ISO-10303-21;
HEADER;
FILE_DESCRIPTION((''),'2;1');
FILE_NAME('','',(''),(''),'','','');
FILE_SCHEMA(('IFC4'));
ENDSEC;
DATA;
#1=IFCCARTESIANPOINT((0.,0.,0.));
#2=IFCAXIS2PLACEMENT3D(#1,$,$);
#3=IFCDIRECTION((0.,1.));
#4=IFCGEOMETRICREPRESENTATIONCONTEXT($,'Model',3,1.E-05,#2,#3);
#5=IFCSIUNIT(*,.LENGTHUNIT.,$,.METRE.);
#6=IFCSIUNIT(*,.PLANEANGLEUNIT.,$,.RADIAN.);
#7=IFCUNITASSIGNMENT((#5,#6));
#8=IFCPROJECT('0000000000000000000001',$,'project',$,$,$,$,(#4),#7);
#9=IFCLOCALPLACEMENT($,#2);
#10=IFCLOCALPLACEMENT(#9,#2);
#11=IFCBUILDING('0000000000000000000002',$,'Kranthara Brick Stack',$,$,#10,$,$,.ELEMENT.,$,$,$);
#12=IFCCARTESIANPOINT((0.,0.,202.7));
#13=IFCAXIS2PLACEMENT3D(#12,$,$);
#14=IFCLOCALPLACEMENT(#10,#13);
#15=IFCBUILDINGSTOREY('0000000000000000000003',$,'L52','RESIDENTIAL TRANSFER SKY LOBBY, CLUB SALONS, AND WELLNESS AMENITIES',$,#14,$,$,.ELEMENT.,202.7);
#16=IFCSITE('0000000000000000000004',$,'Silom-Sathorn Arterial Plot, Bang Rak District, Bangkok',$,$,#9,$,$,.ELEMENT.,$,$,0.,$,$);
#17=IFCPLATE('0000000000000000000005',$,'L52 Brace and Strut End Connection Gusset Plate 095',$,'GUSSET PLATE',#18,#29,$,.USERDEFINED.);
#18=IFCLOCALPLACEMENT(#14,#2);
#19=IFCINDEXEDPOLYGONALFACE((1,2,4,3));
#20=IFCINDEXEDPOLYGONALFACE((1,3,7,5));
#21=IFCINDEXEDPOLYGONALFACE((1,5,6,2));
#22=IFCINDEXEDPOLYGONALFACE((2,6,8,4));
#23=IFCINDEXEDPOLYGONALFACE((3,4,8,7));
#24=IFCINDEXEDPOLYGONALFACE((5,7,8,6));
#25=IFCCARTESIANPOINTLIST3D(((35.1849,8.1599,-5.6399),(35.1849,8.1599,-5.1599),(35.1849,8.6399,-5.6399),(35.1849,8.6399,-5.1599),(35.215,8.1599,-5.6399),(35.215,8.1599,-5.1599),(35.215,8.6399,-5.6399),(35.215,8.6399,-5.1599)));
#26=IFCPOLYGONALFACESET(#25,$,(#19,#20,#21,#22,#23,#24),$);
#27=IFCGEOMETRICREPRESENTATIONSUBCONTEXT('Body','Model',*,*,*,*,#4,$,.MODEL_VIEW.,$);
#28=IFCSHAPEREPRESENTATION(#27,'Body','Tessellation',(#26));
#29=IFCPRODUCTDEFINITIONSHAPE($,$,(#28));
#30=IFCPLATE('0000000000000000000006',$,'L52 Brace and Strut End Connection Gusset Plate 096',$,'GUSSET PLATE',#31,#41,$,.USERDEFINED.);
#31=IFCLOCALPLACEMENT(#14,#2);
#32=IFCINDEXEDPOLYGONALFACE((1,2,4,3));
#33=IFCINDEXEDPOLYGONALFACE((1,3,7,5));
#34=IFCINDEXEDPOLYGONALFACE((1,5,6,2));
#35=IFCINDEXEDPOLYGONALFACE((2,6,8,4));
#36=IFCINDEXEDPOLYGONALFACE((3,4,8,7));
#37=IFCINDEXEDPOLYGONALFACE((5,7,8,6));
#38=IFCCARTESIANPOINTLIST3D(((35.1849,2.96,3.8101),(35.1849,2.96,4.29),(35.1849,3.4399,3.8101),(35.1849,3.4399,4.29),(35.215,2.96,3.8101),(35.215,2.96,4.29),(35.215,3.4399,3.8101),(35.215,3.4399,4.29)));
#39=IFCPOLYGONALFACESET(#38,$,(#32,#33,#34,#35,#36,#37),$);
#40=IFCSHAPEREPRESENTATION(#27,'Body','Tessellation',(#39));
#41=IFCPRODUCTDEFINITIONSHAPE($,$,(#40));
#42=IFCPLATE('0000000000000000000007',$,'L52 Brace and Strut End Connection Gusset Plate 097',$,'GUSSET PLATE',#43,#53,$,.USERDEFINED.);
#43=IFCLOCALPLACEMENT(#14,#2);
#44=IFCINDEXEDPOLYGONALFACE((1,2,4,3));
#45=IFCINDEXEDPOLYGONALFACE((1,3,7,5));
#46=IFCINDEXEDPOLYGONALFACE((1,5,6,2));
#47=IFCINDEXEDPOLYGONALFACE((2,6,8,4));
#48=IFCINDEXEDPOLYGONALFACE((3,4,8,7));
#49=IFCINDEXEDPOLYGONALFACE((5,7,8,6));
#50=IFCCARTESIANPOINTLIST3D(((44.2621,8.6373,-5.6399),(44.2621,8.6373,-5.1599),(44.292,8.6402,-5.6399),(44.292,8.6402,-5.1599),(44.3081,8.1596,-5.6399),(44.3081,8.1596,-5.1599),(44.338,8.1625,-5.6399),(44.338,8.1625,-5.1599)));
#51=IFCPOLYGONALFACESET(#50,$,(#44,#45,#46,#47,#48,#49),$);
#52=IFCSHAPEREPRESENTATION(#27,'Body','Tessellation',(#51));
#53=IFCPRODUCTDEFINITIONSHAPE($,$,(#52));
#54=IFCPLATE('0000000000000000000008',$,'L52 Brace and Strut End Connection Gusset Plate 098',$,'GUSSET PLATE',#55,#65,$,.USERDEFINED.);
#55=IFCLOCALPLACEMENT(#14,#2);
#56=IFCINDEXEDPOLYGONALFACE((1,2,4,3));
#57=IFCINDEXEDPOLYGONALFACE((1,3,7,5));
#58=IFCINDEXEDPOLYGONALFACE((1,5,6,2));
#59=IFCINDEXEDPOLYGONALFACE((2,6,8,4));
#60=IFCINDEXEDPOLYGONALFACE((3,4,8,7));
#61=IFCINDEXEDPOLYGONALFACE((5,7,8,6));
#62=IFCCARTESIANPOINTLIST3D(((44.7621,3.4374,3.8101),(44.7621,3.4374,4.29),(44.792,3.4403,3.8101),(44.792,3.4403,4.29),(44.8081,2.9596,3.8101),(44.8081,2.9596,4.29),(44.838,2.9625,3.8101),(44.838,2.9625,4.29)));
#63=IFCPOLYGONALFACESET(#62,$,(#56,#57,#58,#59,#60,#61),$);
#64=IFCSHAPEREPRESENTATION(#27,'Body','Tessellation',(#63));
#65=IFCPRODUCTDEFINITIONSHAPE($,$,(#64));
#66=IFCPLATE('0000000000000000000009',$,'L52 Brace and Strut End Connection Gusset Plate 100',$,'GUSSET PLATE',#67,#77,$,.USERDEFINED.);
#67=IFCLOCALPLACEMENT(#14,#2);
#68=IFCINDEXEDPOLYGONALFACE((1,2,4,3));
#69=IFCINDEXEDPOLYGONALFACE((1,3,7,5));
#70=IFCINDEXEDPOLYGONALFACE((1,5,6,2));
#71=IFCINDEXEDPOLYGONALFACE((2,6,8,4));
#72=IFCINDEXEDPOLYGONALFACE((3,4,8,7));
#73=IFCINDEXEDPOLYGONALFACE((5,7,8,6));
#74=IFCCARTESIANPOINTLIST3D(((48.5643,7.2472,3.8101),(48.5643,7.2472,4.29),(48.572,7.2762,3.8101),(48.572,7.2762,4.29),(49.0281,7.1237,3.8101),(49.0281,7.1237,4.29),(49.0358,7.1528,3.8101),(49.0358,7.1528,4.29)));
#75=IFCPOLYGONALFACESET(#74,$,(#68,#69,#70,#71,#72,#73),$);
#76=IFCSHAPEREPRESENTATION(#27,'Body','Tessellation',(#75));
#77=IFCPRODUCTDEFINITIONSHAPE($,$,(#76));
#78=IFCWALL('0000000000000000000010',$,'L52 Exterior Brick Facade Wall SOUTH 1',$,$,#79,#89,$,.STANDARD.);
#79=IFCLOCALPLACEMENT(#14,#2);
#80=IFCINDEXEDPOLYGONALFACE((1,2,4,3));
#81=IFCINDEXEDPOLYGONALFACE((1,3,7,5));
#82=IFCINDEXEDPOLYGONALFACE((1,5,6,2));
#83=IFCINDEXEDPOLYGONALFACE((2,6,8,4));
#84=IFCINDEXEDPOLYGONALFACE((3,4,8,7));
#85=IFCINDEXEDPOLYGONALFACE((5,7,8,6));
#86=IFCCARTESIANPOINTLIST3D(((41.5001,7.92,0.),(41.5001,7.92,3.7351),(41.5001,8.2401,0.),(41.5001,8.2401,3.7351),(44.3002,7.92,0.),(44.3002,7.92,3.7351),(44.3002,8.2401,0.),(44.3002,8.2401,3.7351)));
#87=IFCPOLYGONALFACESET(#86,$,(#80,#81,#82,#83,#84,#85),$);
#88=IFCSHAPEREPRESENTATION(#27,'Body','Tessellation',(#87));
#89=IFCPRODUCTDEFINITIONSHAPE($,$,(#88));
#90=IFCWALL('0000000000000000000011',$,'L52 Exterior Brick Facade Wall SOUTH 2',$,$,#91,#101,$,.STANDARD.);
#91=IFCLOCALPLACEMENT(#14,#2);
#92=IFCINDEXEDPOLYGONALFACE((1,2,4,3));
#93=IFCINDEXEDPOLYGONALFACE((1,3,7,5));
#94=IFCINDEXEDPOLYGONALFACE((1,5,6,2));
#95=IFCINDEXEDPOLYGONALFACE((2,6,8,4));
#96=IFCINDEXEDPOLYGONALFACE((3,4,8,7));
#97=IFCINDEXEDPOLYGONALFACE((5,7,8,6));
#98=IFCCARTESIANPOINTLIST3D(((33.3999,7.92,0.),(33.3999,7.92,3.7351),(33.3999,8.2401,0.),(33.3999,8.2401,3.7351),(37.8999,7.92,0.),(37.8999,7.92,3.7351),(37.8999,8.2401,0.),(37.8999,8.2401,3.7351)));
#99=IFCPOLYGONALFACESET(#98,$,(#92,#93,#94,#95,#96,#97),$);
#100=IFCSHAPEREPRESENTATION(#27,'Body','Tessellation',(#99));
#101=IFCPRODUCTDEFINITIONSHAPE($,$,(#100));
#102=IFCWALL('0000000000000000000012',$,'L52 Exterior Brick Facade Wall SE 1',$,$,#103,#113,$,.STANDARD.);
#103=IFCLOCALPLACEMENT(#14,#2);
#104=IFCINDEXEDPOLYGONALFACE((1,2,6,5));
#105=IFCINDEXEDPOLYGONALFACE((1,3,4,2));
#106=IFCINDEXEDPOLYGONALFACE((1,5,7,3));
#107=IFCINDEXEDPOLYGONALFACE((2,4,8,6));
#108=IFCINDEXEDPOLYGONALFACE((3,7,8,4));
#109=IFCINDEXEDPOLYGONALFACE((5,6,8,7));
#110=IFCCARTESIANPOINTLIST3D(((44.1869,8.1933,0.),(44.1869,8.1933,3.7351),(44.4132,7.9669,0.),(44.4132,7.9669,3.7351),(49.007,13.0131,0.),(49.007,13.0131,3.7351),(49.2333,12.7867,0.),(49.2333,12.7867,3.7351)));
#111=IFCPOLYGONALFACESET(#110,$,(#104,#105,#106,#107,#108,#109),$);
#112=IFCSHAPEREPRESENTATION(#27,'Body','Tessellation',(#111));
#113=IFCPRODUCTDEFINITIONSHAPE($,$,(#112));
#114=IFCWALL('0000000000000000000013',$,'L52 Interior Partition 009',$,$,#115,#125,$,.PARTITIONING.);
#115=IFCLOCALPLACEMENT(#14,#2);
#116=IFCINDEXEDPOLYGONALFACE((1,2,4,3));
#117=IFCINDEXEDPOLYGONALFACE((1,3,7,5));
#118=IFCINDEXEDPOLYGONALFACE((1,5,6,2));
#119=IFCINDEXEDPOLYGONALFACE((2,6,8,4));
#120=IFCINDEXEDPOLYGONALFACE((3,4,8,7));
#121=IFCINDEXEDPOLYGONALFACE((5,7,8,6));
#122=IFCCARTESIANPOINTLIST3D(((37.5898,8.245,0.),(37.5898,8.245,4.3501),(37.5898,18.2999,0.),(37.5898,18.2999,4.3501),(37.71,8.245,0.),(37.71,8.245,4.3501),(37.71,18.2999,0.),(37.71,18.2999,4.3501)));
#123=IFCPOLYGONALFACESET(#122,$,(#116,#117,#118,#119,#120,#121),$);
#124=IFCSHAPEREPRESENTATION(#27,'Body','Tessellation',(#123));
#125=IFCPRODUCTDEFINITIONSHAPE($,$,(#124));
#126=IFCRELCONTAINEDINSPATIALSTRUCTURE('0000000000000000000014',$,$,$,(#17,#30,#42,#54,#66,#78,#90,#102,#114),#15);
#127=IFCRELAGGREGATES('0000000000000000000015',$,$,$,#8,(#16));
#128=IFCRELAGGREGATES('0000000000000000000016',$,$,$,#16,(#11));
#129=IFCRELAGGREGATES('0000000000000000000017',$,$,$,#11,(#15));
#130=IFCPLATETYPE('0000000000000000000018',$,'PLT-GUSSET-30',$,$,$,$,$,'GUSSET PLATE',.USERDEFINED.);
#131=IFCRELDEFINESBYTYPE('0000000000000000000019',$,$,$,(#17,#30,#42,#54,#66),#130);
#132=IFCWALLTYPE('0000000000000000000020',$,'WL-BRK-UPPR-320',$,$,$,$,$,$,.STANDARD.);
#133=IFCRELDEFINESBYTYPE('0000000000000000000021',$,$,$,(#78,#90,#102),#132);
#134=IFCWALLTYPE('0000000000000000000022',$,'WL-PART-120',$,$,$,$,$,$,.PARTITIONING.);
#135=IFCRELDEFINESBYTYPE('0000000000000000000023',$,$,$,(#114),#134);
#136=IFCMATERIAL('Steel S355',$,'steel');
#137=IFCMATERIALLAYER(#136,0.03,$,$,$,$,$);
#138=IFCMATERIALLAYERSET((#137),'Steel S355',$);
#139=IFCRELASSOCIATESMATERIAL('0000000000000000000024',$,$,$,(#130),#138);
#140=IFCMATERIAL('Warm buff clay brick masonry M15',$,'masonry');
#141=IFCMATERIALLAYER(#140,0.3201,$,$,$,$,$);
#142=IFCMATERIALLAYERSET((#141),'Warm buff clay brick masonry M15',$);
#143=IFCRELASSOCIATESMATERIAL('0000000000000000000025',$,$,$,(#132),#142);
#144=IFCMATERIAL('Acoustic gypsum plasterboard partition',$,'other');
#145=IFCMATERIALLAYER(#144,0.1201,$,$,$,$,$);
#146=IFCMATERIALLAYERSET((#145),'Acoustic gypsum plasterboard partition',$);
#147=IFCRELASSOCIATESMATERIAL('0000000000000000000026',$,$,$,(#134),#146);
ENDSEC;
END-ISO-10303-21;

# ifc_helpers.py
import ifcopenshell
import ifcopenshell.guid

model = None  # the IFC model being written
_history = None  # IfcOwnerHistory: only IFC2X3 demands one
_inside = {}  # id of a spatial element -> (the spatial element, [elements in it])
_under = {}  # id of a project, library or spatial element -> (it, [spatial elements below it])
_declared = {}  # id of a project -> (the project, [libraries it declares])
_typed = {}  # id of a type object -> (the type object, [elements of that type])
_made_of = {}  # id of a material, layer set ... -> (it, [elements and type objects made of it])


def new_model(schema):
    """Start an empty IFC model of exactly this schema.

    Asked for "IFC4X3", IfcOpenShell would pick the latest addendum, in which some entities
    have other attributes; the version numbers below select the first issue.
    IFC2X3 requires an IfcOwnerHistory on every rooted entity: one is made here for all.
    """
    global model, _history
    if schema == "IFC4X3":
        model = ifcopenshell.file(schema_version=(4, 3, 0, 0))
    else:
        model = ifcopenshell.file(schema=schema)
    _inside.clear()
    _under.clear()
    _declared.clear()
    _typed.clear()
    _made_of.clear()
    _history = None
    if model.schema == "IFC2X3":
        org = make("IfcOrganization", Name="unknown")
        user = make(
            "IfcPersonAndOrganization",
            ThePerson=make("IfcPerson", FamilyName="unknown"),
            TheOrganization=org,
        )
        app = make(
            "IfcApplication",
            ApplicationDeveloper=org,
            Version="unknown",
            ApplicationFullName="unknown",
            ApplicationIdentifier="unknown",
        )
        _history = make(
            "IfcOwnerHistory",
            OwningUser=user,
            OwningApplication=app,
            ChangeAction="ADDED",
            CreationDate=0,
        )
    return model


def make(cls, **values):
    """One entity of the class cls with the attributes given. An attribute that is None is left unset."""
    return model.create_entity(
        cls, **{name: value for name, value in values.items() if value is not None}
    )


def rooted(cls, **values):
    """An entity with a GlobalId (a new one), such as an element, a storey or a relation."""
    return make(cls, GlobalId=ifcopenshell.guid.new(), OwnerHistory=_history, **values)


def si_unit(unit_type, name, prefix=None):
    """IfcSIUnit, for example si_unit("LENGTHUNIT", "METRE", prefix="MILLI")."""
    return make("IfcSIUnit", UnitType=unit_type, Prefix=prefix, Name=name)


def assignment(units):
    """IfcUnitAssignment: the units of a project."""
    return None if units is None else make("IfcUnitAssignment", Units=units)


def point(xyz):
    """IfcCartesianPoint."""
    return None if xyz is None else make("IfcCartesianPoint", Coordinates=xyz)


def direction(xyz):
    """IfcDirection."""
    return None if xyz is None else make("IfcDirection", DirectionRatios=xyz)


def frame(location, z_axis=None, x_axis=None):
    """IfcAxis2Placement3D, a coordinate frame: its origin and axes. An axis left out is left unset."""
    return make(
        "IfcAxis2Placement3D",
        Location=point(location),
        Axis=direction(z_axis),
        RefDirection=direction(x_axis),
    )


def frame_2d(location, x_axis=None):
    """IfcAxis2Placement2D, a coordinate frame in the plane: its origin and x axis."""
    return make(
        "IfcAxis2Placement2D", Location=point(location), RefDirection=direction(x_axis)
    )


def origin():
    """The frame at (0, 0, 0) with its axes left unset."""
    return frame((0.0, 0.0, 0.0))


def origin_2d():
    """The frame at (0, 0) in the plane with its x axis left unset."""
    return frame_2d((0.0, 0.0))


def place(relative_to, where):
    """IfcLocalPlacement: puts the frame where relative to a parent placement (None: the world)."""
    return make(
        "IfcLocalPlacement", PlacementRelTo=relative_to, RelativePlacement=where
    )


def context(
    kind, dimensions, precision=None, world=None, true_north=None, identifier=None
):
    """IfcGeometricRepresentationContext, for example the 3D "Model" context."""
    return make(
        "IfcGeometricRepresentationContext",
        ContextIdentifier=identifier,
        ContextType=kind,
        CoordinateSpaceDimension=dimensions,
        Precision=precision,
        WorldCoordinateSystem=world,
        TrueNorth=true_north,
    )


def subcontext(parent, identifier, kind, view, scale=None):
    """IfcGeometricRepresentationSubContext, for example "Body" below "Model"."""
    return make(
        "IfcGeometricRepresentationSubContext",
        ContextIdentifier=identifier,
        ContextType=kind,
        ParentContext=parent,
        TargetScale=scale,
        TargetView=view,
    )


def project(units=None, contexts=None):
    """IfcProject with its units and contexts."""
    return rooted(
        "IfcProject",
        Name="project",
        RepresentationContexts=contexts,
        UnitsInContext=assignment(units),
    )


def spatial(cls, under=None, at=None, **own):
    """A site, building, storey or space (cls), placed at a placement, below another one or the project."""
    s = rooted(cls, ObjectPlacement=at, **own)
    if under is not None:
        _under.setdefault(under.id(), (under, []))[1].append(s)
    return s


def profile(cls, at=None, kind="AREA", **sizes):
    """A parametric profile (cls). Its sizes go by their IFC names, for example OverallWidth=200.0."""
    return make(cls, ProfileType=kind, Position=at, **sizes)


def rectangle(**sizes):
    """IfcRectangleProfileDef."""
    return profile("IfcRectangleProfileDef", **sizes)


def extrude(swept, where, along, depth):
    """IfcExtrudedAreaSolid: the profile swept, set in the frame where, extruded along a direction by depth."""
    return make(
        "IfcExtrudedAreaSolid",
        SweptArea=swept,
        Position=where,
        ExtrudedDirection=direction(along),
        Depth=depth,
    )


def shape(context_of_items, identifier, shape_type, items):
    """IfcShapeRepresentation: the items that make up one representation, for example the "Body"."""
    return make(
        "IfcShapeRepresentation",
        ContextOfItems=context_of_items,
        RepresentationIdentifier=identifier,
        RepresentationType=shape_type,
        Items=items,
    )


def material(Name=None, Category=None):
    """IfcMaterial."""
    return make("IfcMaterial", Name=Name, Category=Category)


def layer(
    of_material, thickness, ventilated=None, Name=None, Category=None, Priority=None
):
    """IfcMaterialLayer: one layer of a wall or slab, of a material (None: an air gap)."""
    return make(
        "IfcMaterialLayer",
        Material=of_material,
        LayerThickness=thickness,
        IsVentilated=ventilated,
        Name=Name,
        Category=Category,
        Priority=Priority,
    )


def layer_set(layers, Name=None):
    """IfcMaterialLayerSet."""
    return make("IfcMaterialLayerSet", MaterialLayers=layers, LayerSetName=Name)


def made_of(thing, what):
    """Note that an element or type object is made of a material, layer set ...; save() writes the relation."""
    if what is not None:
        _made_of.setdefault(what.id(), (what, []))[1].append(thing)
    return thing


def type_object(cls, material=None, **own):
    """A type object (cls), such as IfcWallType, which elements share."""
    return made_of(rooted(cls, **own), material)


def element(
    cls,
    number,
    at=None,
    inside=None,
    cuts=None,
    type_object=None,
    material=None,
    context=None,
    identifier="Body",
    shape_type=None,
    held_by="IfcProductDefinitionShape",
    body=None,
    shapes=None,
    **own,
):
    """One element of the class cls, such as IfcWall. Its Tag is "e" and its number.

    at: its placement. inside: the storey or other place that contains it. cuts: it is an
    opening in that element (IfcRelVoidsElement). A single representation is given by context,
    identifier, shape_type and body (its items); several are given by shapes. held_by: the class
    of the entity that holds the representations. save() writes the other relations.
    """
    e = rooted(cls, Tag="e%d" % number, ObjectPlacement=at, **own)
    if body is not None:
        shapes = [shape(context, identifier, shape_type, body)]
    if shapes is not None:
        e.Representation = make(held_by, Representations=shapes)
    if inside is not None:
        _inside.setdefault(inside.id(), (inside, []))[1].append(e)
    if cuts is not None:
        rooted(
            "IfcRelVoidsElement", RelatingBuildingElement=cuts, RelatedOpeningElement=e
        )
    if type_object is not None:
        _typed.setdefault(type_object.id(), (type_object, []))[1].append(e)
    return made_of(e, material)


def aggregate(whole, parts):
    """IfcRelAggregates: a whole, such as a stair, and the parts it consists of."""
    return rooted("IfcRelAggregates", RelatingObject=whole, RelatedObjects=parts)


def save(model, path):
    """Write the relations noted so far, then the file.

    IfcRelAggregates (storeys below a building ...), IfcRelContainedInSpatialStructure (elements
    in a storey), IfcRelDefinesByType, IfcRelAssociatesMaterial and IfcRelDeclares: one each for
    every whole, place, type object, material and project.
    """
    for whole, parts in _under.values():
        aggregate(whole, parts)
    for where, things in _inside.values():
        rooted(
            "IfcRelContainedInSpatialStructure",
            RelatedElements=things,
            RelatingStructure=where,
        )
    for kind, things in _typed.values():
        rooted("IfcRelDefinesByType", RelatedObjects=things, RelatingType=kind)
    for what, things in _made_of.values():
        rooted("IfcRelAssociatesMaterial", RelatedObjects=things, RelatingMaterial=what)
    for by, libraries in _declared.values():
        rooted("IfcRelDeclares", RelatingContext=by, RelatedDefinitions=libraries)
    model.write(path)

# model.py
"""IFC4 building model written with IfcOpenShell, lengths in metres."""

from ifc_helpers import new_model, si_unit, direction, frame, frame_2d, origin, origin_2d, place, context, subcontext, project, spatial, rectangle, extrude, material, layer, layer_set, type_object, element, save


model = new_model("IFC4")

# Units and contexts
model_context = context("Model", 3, precision=1e-05, world=origin(), true_north=direction((0.0, 1.0)))
body_context = subcontext(model_context, "Body", "Model", "MODEL_VIEW")
ifc_project = project(units=[si_unit("LENGTHUNIT", "METRE"), si_unit("PLANEANGLEUNIT", "RADIAN")], contexts=[model_context])

# Site, building, storey
site_placement = place(None, origin())
site = spatial("IfcSite", under=ifc_project, at=site_placement, Name="Silom-Sathorn Arterial Plot, Bang Rak District, Bangkok", CompositionType="ELEMENT", RefElevation=0.0)
building_placement = place(site_placement, origin())
building = spatial("IfcBuilding", under=site, at=building_placement, Name="Kranthara Brick Stack", CompositionType="ELEMENT")
storey_placement = place(building_placement, frame((0.0, 0.0, 202.7)))
storey = spatial("IfcBuildingStorey", under=building, at=storey_placement, Name="L52", Description="RESIDENTIAL TRANSFER SKY LOBBY, CLUB SALONS, AND WELLNESS AMENITIES", CompositionType="ELEMENT", Elevation=202.7)

# Plates
ifc_material_1 = material(Name="Steel S355", Category="steel")
ifc_layer_1 = layer(ifc_material_1, 0.03)
ifc_layer_set_1 = layer_set([ifc_layer_1], Name="Steel S355")
plate_type_1 = type_object("IfcPlateType", Name="PLT-GUSSET-30", ElementType="GUSSET PLATE", PredefinedType="USERDEFINED", material=ifc_layer_set_1)
for number, where, z_axis, x_axis, name in (
    (1, (35.2, 8.3999, -5.6399), (0.0, 0.0, 1.0), (0.0, 1.0, 0.0), "L52 Brace and Strut End Connection Gusset Plate 095"),
    (2, (35.2, 3.2, 3.8101), (0.0, 0.0, 1.0), (0.0, 1.0, 0.0), "L52 Brace and Strut End Connection Gusset Plate 096"),
    (3, (44.3, 8.3999, -5.6399), (0.0, 0.0, 1.0), (-0.095846, 0.995396, 0.0), "L52 Brace and Strut End Connection Gusset Plate 097"),
    (4, (44.8, 3.2, 3.8101), (0.0, 0.0, 1.0), (-0.095846, 0.995396, 0.0), "L52 Brace and Strut End Connection Gusset Plate 098"),
    (5, (48.8, 7.2, 3.8101), (0.0, 0.0, 1.0), (-0.966376, 0.257133, 0.0), "L52 Brace and Strut End Connection Gusset Plate 100"),
):
    element("IfcPlate", number, at=place(storey_placement, frame(where, z_axis=z_axis, x_axis=x_axis)), inside=storey, type_object=plate_type_1, Name=name, ObjectType="GUSSET PLATE", PredefinedType="USERDEFINED", context=body_context, shape_type="SweptSolid", body=[
        extrude(rectangle(XDim=0.48, YDim=0.03, at=origin_2d()), origin(), (0.0, 0.0, 1.0), 0.48),
    ])

# Walls
ifc_material_2 = material(Name="Warm buff clay brick masonry M15", Category="masonry")
ifc_layer_2 = layer(ifc_material_2, 0.3201)
ifc_layer_set_2 = layer_set([ifc_layer_2], Name="Warm buff clay brick masonry M15")
wall_type_1 = type_object("IfcWallType", Name="WL-BRK-UPPR-320", PredefinedType="STANDARD", material=ifc_layer_set_2)
wall_1_placement = place(storey_placement, frame((44.3, 8.0801, 0.0), z_axis=(0.0, 0.0, 1.0), x_axis=(-1.0, 0.0, 0.0)))
element("IfcWall", 6, at=wall_1_placement, inside=storey, type_object=wall_type_1, Name="L52 Exterior Brick Facade Wall SOUTH 1", PredefinedType="STANDARD", context=body_context, shape_type="SweptSolid", body=[
    extrude(rectangle(XDim=2.8, YDim=0.3201, at=frame_2d((1.3999, 0.0))), origin(), (0.0, 0.0, 1.0), 3.7351),
])
wall_2_placement = place(storey_placement, frame((37.8999, 8.0801, 0.0), z_axis=(0.0, 0.0, 1.0), x_axis=(-1.0, 0.0, 0.0)))
element("IfcWall", 7, at=wall_2_placement, inside=storey, type_object=wall_type_1, Name="L52 Exterior Brick Facade Wall SOUTH 2", PredefinedType="STANDARD", context=body_context, shape_type="SweptSolid", body=[
    extrude(rectangle(XDim=4.5, YDim=0.3201, at=frame_2d((2.25, 0.0))), origin(), (0.0, 0.0, 1.0), 3.7351),
])
wall_3_placement = place(storey_placement, frame((49.1201, 12.8999, 0.0), z_axis=(0.0, 0.0, 1.0), x_axis=(-0.707125, -0.707089, 0.0)))
element("IfcWall", 8, at=wall_3_placement, inside=storey, type_object=wall_type_1, Name="L52 Exterior Brick Facade Wall SE 1", PredefinedType="STANDARD", context=body_context, shape_type="SweptSolid", body=[
    extrude(rectangle(XDim=6.8164, YDim=0.3201, at=frame_2d((3.4082, 0.0))), origin(), (0.0, 0.0, 1.0), 3.7351),
])
ifc_material_3 = material(Name="Acoustic gypsum plasterboard partition", Category="other")
ifc_layer_3 = layer(ifc_material_3, 0.1201)
ifc_layer_set_3 = layer_set([ifc_layer_3], Name="Acoustic gypsum plasterboard partition")
wall_type_2 = type_object("IfcWallType", Name="WL-PART-120", PredefinedType="PARTITIONING", material=ifc_layer_set_3)
wall_4_placement = place(storey_placement, frame((37.6499, 8.2451, 0.0), z_axis=(0.0, 0.0, 1.0), x_axis=(0.0, 1.0, 0.0)))
element("IfcWall", 9, at=wall_4_placement, inside=storey, type_object=wall_type_2, Name="L52 Interior Partition 009", PredefinedType="PARTITIONING", context=body_context, shape_type="SweptSolid", body=[
    extrude(rectangle(XDim=10.0549, YDim=0.1201, at=frame_2d((5.0273, 0.0))), origin(), (0.0, 0.0, 1.0), 4.3501),
])

save(model, "model.ifc")
